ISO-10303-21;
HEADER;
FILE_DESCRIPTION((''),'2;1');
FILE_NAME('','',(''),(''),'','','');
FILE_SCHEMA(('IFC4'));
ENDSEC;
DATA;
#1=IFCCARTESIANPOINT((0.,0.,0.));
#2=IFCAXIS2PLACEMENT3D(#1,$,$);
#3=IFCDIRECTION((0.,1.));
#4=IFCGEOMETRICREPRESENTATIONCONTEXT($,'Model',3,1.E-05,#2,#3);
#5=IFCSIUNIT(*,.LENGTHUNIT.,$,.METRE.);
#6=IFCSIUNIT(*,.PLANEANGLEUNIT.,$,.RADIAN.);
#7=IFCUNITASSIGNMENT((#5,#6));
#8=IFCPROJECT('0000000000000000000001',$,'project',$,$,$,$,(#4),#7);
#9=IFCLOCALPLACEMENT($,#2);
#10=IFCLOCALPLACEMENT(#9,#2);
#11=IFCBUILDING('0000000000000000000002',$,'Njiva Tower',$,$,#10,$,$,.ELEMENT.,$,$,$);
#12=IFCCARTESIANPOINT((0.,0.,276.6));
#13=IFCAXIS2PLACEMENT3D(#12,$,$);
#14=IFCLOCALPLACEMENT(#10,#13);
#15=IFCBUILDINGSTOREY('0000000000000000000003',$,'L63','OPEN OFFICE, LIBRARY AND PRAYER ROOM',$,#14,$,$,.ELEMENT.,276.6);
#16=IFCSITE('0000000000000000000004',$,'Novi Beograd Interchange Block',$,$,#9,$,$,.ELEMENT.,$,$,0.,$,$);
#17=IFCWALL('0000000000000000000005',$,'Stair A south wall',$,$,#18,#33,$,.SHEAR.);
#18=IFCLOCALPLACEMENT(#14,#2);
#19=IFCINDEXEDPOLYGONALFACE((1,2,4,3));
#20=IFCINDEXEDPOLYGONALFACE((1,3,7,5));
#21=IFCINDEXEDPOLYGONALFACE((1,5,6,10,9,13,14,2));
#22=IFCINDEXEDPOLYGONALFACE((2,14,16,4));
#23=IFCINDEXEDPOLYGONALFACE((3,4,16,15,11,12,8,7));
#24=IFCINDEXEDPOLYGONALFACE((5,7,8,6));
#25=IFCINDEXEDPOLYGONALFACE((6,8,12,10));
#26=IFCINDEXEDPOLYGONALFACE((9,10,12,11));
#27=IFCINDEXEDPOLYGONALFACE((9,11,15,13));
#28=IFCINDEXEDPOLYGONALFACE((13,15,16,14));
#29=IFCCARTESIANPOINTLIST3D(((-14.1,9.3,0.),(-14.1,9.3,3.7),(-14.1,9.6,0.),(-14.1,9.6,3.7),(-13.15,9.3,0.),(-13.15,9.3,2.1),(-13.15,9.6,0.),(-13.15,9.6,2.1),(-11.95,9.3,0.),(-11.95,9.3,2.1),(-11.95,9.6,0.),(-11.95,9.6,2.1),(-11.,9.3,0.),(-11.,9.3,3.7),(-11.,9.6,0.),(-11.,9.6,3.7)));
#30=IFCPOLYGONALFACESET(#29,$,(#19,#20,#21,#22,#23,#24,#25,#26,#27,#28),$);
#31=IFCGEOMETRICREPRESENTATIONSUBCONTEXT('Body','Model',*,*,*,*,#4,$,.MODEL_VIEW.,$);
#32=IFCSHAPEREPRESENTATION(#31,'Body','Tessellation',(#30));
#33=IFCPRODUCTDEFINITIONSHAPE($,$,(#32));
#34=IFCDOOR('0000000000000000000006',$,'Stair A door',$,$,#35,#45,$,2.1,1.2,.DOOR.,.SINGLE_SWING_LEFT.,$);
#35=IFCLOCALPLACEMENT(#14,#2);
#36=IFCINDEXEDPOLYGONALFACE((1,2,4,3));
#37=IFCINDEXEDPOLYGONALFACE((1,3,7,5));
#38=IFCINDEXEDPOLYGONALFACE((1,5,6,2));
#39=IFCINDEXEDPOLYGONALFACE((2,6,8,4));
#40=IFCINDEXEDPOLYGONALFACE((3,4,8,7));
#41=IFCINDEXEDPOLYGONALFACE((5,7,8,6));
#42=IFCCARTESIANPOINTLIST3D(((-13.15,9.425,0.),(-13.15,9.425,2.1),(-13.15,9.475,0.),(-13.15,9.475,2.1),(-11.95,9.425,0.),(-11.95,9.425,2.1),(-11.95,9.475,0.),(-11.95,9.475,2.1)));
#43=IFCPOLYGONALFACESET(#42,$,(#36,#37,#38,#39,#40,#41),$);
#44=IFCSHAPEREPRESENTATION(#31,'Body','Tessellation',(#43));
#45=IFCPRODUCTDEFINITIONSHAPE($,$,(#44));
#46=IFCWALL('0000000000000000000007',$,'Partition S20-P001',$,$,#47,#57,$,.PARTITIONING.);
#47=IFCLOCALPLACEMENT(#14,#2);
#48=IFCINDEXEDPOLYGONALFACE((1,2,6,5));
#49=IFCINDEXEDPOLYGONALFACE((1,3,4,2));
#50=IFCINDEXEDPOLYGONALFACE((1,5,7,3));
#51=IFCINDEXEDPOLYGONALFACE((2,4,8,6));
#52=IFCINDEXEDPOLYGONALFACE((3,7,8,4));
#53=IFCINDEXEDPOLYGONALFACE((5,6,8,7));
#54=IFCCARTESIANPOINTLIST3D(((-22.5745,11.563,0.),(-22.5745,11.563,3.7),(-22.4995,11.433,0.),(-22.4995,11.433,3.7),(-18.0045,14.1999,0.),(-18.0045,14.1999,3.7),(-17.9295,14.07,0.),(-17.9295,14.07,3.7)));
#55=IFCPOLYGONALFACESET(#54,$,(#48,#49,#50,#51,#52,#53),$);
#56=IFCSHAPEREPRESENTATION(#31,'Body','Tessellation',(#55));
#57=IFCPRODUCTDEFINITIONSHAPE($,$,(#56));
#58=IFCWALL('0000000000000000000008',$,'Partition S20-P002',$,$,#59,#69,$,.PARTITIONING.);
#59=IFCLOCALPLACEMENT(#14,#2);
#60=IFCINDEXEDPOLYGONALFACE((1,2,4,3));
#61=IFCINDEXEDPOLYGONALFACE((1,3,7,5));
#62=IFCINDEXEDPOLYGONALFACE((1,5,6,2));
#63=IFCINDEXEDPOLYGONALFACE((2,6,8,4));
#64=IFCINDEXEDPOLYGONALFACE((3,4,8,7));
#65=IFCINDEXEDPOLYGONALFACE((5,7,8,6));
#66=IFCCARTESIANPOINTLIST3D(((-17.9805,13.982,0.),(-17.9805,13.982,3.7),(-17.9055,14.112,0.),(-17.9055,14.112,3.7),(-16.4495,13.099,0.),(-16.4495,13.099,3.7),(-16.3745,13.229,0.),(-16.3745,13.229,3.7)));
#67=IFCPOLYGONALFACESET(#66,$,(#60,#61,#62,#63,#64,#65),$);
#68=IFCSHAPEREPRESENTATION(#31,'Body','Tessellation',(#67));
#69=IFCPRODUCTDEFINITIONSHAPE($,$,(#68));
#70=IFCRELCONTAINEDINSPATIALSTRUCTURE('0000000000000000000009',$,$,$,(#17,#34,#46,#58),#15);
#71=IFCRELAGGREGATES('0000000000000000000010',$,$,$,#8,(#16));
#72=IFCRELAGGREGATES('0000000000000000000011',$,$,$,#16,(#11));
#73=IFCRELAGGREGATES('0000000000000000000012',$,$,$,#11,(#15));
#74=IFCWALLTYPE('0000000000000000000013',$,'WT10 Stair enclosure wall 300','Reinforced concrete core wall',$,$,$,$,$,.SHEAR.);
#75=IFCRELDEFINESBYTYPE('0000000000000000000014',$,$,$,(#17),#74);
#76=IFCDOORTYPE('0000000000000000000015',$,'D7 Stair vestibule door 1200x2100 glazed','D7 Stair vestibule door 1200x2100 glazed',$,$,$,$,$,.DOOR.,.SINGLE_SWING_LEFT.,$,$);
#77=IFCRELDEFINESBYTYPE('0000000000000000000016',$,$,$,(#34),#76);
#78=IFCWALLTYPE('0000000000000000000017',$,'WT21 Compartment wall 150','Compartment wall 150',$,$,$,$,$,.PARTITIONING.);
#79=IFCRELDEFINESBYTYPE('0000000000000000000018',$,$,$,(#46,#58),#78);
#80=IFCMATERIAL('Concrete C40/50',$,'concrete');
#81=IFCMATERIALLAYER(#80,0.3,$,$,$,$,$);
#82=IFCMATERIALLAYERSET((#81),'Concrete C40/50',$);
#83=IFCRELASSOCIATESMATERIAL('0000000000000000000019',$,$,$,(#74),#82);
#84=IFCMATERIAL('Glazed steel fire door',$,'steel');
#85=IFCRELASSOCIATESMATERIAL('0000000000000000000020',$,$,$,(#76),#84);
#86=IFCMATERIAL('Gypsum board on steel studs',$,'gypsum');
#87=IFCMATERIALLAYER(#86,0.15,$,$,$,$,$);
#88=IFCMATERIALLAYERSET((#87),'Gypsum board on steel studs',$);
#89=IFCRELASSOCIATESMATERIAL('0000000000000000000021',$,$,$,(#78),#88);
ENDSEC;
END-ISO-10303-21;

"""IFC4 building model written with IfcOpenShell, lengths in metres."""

from ifc_helpers import new_model, si_unit, direction, frame, frame_2d, origin, place, context, subcontext, project, spatial, rectangle, extrude, material, layer, layer_set, type_object, element, fill, save


model = new_model("IFC4")

# Units and contexts
model_context = context("Model", 3, precision=1e-05, world=origin(), true_north=direction((0.0, 1.0)))
body_context = subcontext(model_context, "Body", "Model", "MODEL_VIEW")
ifc_project = project(units=[si_unit("LENGTHUNIT", "METRE"), si_unit("PLANEANGLEUNIT", "RADIAN")], contexts=[model_context])

# Site, building, storey
site_placement = place(None, origin())
site = spatial("IfcSite", under=ifc_project, at=site_placement, Name="Novi Beograd Interchange Block", CompositionType="ELEMENT", RefElevation=0.0)
building_placement = place(site_placement, origin())
building = spatial("IfcBuilding", under=site, at=building_placement, Name="Njiva Tower", CompositionType="ELEMENT")
storey_placement = place(building_placement, frame((0.0, 0.0, 276.6)))
storey = spatial("IfcBuildingStorey", under=building, at=storey_placement, Name="L63", Description="OPEN OFFICE, LIBRARY AND PRAYER ROOM", CompositionType="ELEMENT", Elevation=276.6)

# Wall, opening, door
ifc_material_1 = material(Name="Concrete C40/50", Category="concrete")
ifc_layer_1 = layer(ifc_material_1, 0.3)
ifc_layer_set_1 = layer_set([ifc_layer_1], Name="Concrete C40/50")
wall_type_1 = type_object("IfcWallType", Name="WT10 Stair enclosure wall 300", Description="Reinforced concrete core wall", PredefinedType="SHEAR", material=ifc_layer_set_1)
wall_1_placement = place(storey_placement, frame((-14.1, 9.45, 0.0), z_axis=(0.0, 0.0, 1.0), x_axis=(1.0, 0.0, 0.0)))
wall_1 = element("IfcWall", 1, at=wall_1_placement, inside=storey, type_object=wall_type_1, Name="Stair A south wall", PredefinedType="SHEAR", context=body_context, shape_type="SweptSolid", body=[
    extrude(rectangle(XDim=3.1, YDim=0.3, at=frame_2d((1.55, 0.0))), origin(), (0.0, 0.0, 1.0), 3.7),
])
opening_placement = place(wall_1_placement, frame((0.95, 0.0, 0.0)))
opening = element("IfcOpeningElement", 2, at=opening_placement, cuts=wall_1, PredefinedType="OPENING", context=body_context, shape_type="SweptSolid", body=[
    extrude(rectangle(XDim=1.2, YDim=2.1, at=frame_2d((0.6, 1.05))), frame((0.0, 0.16, 0.0), z_axis=(0.0, -1.0, 0.0), x_axis=(1.0, 0.0, 0.0)), (0.0, 0.0, 1.0), 0.32),
])
ifc_material_2 = material(Name="Glazed steel fire door", Category="steel")
door_type = type_object("IfcDoorType", Name="D7 Stair vestibule door 1200x2100 glazed", Description="D7 Stair vestibule door 1200x2100 glazed", OperationType="SINGLE_SWING_LEFT", PredefinedType="DOOR", material=ifc_material_2)
door_placement = place(opening_placement, origin())
door = element("IfcDoor", 3, at=door_placement, inside=storey, type_object=door_type, Name="Stair A door", OperationType="SINGLE_SWING_LEFT", OverallHeight=2.1, OverallWidth=1.2, PredefinedType="DOOR", context=body_context, shape_type="SweptSolid", body=[
    extrude(rectangle(XDim=1.2, YDim=2.1, at=frame_2d((0.6, 1.05))), frame((0.0, 0.025, 0.0), z_axis=(0.0, -1.0, 0.0), x_axis=(1.0, 0.0, 0.0)), (0.0, 0.0, 1.0), 0.05),
])
fill(opening, door)

# Walls
ifc_material_3 = material(Name="Gypsum board on steel studs", Category="gypsum")
ifc_layer_2 = layer(ifc_material_3, 0.15)
ifc_layer_set_2 = layer_set([ifc_layer_2], Name="Gypsum board on steel studs")
wall_type_2 = type_object("IfcWallType", Name="WT21 Compartment wall 150", Description="Compartment wall 150", PredefinedType="PARTITIONING", material=ifc_layer_set_2)
wall_2_placement = place(storey_placement, frame((-22.537, 11.498, 0.0), z_axis=(0.0, 0.0, 1.0), x_axis=(0.866148, 0.499788, 0.0)))
element("IfcWall", 4, at=wall_2_placement, inside=storey, type_object=wall_type_2, Name="Partition S20-P001", PredefinedType="PARTITIONING", context=body_context, shape_type="SweptSolid", body=[
    extrude(rectangle(XDim=5.2762, YDim=0.15, at=frame_2d((2.6381, 0.0))), origin(), (0.0, 0.0, 1.0), 3.7),
])
wall_3_placement = place(storey_placement, frame((-17.943, 14.047, 0.0), z_axis=(0.0, 0.0, 1.0), x_axis=(0.866252, -0.499608, 0.0)))
element("IfcWall", 5, at=wall_3_placement, inside=storey, type_object=wall_type_2, Name="Partition S20-P002", PredefinedType="PARTITIONING", context=body_context, shape_type="SweptSolid", body=[
    extrude(rectangle(XDim=1.7674, YDim=0.15, at=frame_2d((0.8837, 0.0))), origin(), (0.0, 0.0, 1.0), 3.7),
])

save(model, "model.ifc")
